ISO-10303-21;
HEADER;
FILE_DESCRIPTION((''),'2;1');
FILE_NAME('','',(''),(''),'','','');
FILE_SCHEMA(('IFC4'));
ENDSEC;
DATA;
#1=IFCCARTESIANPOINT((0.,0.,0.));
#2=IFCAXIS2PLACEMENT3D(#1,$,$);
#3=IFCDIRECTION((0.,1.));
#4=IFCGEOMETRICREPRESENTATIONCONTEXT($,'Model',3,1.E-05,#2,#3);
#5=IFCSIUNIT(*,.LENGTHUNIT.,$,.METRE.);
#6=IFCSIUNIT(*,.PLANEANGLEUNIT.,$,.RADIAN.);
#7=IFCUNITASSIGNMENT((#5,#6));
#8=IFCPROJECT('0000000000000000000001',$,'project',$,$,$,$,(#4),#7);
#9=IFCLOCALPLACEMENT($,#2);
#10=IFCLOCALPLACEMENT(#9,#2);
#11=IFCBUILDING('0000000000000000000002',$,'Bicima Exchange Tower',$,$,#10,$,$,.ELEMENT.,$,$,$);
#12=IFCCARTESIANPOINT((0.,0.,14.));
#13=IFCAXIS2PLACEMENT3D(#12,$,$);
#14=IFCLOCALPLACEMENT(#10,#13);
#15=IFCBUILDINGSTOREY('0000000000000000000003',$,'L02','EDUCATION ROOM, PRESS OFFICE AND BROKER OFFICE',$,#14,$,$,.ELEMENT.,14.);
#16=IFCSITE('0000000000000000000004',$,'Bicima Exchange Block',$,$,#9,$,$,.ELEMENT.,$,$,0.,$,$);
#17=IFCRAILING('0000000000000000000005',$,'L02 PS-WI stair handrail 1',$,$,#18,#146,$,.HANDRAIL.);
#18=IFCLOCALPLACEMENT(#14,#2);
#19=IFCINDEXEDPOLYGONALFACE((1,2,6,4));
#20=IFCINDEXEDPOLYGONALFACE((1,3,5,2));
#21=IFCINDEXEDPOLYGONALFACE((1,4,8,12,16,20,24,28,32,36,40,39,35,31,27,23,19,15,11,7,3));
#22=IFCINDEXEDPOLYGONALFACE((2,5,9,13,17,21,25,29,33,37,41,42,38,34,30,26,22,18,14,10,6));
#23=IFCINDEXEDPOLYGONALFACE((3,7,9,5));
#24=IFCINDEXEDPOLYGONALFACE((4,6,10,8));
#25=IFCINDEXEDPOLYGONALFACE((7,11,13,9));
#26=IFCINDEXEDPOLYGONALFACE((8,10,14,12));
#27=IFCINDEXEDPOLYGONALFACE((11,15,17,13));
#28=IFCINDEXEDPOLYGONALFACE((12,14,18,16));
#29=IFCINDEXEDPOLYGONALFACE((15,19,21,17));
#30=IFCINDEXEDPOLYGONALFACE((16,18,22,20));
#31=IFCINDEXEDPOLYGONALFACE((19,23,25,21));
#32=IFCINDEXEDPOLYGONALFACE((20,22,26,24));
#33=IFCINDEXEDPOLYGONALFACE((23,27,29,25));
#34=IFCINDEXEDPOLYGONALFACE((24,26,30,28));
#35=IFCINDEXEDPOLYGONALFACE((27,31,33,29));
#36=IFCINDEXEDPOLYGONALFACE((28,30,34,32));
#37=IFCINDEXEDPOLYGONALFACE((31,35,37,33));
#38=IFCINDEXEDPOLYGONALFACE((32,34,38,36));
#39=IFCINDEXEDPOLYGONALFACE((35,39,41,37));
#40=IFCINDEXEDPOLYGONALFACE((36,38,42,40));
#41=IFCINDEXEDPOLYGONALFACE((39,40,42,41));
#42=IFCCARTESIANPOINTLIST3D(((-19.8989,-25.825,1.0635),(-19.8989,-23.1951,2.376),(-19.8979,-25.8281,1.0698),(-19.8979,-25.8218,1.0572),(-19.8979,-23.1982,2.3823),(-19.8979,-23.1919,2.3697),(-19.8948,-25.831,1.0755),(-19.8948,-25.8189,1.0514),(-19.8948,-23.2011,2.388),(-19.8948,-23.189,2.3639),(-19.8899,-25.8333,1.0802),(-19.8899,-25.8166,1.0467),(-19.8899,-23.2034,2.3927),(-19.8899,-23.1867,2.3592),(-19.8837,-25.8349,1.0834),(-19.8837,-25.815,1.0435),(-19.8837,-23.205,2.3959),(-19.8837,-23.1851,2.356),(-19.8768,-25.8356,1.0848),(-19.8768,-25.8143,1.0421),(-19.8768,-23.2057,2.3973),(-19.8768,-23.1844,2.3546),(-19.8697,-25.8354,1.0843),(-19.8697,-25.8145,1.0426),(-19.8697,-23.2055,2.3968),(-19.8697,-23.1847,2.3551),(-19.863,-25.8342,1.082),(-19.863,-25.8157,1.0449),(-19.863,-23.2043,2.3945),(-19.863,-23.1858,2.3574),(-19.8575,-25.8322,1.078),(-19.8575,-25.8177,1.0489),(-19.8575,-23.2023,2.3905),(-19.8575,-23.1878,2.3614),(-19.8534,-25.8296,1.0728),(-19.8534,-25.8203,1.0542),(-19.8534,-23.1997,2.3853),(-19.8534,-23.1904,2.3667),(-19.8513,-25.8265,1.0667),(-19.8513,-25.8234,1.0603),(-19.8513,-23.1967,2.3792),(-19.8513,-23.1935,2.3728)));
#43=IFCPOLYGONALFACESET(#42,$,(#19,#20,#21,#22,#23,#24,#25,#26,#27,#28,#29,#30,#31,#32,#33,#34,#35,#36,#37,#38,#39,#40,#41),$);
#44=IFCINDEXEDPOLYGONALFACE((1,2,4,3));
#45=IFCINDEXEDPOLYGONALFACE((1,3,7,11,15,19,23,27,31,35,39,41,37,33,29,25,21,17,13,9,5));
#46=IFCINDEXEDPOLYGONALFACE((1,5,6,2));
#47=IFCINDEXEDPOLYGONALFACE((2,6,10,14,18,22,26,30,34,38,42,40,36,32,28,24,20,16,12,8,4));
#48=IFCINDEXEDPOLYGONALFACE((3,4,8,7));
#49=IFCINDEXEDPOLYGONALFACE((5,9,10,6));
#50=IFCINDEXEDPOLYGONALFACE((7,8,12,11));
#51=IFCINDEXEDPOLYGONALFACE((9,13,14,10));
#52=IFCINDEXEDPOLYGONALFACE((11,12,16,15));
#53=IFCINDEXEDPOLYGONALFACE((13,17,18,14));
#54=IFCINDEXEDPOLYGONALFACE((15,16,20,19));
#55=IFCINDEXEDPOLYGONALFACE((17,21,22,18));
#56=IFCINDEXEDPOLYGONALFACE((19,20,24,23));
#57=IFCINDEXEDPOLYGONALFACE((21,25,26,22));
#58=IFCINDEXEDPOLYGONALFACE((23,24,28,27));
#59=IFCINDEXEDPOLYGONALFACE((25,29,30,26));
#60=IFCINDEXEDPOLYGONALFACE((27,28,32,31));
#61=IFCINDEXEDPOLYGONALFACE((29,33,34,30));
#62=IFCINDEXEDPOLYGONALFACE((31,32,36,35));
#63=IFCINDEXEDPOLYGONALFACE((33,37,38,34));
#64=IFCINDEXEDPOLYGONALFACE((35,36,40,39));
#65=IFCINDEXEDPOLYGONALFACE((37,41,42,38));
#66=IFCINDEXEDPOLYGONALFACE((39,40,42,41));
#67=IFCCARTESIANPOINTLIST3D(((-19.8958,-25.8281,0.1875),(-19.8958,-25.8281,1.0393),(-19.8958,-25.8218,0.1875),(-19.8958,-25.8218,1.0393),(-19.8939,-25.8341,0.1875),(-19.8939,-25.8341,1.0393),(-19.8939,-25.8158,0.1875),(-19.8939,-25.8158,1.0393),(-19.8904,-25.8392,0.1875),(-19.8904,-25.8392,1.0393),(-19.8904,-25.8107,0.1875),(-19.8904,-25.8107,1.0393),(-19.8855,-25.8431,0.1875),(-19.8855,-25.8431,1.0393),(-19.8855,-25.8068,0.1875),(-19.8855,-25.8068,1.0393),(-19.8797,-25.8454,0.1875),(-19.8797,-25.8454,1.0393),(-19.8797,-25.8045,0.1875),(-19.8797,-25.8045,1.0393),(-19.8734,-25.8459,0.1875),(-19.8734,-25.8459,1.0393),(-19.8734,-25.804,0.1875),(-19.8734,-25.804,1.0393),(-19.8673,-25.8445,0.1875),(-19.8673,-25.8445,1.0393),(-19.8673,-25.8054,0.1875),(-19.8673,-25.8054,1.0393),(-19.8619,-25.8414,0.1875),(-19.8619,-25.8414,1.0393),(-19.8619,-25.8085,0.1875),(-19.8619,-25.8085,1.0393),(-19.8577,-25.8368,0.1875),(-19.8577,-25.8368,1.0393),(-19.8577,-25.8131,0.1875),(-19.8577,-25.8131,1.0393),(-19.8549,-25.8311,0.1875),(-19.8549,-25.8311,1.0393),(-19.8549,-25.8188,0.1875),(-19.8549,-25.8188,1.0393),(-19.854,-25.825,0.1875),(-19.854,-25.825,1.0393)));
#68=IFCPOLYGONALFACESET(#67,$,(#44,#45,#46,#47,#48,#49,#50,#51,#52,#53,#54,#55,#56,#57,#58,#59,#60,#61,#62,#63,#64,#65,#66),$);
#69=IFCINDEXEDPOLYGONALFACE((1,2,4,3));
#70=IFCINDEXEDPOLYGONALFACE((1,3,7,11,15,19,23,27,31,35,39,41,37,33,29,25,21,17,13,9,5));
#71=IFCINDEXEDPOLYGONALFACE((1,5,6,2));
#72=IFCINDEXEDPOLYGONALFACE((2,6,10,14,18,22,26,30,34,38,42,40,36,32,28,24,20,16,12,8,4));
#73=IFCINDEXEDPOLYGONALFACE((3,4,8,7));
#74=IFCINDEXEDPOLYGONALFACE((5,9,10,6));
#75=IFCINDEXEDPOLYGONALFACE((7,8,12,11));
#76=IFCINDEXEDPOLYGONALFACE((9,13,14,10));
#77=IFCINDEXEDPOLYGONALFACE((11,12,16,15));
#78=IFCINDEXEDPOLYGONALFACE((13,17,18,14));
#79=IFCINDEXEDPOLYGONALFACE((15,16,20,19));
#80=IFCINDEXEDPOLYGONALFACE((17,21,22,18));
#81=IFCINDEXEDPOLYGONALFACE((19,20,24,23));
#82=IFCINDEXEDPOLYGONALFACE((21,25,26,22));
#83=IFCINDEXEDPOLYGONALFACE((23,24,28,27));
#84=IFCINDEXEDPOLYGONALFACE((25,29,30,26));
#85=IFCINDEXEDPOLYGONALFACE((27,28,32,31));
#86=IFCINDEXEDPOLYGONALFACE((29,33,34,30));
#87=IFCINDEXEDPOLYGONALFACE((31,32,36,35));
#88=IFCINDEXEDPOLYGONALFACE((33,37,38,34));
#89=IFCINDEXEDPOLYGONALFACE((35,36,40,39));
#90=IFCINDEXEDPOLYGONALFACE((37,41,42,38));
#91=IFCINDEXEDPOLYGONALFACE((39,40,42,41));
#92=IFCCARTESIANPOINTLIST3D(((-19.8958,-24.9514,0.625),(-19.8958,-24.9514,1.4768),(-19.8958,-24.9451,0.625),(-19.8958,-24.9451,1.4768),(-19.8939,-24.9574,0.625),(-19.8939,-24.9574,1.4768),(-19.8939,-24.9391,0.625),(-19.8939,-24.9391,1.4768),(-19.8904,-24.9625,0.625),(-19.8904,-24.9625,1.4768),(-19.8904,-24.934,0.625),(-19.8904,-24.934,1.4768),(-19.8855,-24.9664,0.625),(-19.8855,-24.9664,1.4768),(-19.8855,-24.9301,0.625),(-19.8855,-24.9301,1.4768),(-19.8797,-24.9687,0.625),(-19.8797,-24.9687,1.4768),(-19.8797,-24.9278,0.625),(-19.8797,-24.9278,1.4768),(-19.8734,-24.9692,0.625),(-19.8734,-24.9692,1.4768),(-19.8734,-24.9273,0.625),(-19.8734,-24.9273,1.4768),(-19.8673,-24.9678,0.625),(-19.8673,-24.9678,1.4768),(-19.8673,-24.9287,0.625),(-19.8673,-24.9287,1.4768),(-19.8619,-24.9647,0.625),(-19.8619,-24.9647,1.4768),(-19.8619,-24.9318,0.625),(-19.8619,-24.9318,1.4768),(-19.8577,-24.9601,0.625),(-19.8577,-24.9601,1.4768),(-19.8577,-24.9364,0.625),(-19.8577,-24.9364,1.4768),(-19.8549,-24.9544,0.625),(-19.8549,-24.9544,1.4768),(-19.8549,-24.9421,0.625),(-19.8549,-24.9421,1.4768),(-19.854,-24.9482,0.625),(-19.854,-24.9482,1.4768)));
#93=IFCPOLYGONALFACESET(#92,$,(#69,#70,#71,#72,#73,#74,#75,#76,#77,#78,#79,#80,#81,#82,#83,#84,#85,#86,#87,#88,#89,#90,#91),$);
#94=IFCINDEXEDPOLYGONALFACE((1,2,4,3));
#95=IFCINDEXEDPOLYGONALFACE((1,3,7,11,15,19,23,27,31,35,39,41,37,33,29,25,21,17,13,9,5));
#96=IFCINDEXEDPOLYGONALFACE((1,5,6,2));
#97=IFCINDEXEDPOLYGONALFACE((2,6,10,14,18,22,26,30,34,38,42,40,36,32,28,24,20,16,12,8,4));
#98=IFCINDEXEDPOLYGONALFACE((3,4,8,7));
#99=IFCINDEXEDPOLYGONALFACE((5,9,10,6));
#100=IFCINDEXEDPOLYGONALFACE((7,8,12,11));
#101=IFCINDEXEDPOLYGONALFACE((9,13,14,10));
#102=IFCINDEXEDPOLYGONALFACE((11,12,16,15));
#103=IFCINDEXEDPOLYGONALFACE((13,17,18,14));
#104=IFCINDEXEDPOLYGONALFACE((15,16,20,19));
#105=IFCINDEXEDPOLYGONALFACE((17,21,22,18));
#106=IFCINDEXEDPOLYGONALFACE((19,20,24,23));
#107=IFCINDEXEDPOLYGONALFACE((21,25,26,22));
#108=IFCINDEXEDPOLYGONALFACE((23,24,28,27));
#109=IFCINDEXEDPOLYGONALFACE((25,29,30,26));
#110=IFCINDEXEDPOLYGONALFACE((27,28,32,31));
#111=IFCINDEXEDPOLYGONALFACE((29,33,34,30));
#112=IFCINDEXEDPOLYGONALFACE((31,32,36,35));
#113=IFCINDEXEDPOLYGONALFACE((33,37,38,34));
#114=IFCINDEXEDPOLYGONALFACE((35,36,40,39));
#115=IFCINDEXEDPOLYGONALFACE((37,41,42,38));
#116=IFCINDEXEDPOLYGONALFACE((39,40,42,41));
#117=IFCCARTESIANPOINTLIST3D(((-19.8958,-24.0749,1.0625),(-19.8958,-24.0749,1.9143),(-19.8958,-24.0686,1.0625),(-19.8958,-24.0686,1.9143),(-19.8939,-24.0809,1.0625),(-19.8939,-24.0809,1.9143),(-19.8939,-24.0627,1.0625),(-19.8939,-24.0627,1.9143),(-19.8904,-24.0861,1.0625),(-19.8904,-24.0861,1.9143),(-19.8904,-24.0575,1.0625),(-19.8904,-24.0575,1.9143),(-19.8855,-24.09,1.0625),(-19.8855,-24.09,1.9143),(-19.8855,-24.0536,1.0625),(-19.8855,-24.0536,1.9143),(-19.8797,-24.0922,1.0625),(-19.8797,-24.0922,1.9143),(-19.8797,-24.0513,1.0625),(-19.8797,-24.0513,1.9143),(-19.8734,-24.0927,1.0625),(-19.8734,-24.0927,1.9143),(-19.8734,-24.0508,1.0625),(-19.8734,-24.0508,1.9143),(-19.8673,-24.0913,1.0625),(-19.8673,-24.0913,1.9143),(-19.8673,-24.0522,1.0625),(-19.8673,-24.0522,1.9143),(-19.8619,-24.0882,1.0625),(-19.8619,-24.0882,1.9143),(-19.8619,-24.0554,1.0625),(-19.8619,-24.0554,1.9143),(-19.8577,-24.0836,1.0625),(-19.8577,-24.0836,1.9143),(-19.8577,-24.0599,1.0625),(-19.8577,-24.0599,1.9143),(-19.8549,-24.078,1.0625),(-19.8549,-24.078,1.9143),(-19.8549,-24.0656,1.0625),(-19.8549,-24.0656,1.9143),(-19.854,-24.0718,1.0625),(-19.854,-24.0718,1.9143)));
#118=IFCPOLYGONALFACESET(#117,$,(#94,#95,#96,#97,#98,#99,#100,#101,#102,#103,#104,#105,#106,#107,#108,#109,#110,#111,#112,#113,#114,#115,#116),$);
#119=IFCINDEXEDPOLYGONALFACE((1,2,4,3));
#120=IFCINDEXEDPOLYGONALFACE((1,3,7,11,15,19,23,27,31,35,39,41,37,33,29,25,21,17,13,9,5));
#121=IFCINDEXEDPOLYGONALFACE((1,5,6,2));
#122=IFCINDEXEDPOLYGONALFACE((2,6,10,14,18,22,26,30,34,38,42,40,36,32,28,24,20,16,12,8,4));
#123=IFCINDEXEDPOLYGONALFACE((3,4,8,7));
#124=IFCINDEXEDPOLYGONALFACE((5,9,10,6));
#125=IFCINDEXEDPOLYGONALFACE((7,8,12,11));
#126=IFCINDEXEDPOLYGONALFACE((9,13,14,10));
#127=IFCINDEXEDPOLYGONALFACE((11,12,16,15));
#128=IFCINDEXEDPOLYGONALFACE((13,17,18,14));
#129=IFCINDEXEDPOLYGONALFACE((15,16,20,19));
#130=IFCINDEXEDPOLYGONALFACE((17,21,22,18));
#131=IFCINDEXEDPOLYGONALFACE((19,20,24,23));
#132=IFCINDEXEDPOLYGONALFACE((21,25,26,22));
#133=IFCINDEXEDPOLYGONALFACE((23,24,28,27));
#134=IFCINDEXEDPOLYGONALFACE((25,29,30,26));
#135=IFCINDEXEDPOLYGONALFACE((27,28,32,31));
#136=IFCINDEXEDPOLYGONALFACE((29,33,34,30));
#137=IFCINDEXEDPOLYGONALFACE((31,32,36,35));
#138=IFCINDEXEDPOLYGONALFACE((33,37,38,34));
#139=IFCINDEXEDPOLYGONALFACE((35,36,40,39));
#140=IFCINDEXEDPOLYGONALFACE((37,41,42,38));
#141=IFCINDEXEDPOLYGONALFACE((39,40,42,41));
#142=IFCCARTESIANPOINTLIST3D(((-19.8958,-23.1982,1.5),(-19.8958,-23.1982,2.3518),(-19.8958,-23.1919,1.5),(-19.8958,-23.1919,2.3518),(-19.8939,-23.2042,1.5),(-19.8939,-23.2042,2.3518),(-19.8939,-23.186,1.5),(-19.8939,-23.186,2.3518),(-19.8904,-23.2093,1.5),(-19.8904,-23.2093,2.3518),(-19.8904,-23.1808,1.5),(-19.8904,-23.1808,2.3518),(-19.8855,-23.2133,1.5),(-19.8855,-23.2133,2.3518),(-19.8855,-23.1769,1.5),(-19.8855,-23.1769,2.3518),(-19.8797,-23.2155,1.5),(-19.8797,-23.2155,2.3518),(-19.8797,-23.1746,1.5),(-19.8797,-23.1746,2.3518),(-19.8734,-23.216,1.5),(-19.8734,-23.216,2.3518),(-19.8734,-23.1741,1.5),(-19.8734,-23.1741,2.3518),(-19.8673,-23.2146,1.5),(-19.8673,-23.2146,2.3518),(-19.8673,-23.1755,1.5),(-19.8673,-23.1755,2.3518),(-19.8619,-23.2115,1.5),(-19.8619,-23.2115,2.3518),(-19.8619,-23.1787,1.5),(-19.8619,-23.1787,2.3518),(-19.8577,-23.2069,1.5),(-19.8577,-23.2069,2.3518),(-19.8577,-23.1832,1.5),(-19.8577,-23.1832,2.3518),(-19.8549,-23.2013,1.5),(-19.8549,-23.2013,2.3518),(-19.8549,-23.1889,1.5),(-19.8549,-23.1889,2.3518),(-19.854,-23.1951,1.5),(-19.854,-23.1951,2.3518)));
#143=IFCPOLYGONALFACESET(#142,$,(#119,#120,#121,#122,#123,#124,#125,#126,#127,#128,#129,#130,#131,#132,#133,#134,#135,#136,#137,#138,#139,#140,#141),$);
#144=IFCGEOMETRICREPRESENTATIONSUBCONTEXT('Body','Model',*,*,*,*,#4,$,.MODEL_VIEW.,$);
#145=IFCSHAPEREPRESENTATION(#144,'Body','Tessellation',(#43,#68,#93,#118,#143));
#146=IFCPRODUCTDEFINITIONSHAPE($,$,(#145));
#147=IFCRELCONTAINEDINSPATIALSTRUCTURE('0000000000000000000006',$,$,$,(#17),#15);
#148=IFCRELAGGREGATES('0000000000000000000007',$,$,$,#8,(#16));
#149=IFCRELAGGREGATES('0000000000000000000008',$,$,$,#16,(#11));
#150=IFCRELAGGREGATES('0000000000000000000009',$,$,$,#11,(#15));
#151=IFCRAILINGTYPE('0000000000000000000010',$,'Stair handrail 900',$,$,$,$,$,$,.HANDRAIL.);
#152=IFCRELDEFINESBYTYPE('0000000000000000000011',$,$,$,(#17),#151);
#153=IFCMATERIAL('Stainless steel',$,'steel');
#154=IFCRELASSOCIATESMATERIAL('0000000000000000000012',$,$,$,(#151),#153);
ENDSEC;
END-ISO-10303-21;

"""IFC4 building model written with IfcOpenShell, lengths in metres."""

from ifc_helpers import new_model, si_unit, direction, frame, origin, origin_2d, place, context, subcontext, project, spatial, circle, extrude, material, type_object, element, save


model = new_model("IFC4")

# Units and contexts
model_context = context("Model", 3, precision=1e-05, world=origin(), true_north=direction((0.0, 1.0)))
body_context = subcontext(model_context, "Body", "Model", "MODEL_VIEW")
ifc_project = project(units=[si_unit("LENGTHUNIT", "METRE"), si_unit("PLANEANGLEUNIT", "RADIAN")], contexts=[model_context])

# Site, building, storey
site_placement = place(None, origin())
site = spatial("IfcSite", under=ifc_project, at=site_placement, Name="Bicima Exchange Block", CompositionType="ELEMENT", RefElevation=0.0)
building_placement = place(site_placement, origin())
building = spatial("IfcBuilding", under=site, at=building_placement, Name="Bicima Exchange Tower", CompositionType="ELEMENT")
storey_placement = place(building_placement, frame((0.0, 0.0, 14.0)))
storey = spatial("IfcBuildingStorey", under=building, at=storey_placement, Name="L02", Description="EDUCATION ROOM, PRESS OFFICE AND BROKER OFFICE", CompositionType="ELEMENT", Elevation=14.0)

# Shared definitions
ifc_material_1 = material(Name="Stainless steel", Category="steel")

# Railing
railing_type_1 = type_object("IfcRailingType", Name="Stair handrail 900", PredefinedType="HANDRAIL", material=ifc_material_1)
railing_1_placement = place(storey_placement, frame((-19.875, -25.825, 0.1875)))
element("IfcRailing", 1, at=railing_1_placement, inside=storey, type_object=railing_type_1, Name="L02 PS-WI stair handrail 1", PredefinedType="HANDRAIL", context=body_context, shape_type="SweptSolid", body=[
    extrude(circle(Radius=0.0239, at=origin_2d()), frame((0.0, 0.0, 0.876), z_axis=(0.0, 0.894759, 0.446549), x_axis=(-1.0, 0.0, 0.0)), (0.0, 0.0, 1.0), 2.9392),
    extrude(circle(Radius=0.021, at=origin_2d()), origin(), (0.0, 0.0, 1.0), 0.8518),
    extrude(circle(Radius=0.021, at=origin_2d()), frame((0.0, 0.8767, 0.4375)), (0.0, 0.0, 1.0), 0.8518),
    extrude(circle(Radius=0.021, at=origin_2d()), frame((0.0, 1.7532, 0.875)), (0.0, 0.0, 1.0), 0.8518),
    extrude(circle(Radius=0.021, at=origin_2d()), frame((0.0, 2.6299, 1.3125)), (0.0, 0.0, 1.0), 0.8518),
])

save(model, "model.ifc")
